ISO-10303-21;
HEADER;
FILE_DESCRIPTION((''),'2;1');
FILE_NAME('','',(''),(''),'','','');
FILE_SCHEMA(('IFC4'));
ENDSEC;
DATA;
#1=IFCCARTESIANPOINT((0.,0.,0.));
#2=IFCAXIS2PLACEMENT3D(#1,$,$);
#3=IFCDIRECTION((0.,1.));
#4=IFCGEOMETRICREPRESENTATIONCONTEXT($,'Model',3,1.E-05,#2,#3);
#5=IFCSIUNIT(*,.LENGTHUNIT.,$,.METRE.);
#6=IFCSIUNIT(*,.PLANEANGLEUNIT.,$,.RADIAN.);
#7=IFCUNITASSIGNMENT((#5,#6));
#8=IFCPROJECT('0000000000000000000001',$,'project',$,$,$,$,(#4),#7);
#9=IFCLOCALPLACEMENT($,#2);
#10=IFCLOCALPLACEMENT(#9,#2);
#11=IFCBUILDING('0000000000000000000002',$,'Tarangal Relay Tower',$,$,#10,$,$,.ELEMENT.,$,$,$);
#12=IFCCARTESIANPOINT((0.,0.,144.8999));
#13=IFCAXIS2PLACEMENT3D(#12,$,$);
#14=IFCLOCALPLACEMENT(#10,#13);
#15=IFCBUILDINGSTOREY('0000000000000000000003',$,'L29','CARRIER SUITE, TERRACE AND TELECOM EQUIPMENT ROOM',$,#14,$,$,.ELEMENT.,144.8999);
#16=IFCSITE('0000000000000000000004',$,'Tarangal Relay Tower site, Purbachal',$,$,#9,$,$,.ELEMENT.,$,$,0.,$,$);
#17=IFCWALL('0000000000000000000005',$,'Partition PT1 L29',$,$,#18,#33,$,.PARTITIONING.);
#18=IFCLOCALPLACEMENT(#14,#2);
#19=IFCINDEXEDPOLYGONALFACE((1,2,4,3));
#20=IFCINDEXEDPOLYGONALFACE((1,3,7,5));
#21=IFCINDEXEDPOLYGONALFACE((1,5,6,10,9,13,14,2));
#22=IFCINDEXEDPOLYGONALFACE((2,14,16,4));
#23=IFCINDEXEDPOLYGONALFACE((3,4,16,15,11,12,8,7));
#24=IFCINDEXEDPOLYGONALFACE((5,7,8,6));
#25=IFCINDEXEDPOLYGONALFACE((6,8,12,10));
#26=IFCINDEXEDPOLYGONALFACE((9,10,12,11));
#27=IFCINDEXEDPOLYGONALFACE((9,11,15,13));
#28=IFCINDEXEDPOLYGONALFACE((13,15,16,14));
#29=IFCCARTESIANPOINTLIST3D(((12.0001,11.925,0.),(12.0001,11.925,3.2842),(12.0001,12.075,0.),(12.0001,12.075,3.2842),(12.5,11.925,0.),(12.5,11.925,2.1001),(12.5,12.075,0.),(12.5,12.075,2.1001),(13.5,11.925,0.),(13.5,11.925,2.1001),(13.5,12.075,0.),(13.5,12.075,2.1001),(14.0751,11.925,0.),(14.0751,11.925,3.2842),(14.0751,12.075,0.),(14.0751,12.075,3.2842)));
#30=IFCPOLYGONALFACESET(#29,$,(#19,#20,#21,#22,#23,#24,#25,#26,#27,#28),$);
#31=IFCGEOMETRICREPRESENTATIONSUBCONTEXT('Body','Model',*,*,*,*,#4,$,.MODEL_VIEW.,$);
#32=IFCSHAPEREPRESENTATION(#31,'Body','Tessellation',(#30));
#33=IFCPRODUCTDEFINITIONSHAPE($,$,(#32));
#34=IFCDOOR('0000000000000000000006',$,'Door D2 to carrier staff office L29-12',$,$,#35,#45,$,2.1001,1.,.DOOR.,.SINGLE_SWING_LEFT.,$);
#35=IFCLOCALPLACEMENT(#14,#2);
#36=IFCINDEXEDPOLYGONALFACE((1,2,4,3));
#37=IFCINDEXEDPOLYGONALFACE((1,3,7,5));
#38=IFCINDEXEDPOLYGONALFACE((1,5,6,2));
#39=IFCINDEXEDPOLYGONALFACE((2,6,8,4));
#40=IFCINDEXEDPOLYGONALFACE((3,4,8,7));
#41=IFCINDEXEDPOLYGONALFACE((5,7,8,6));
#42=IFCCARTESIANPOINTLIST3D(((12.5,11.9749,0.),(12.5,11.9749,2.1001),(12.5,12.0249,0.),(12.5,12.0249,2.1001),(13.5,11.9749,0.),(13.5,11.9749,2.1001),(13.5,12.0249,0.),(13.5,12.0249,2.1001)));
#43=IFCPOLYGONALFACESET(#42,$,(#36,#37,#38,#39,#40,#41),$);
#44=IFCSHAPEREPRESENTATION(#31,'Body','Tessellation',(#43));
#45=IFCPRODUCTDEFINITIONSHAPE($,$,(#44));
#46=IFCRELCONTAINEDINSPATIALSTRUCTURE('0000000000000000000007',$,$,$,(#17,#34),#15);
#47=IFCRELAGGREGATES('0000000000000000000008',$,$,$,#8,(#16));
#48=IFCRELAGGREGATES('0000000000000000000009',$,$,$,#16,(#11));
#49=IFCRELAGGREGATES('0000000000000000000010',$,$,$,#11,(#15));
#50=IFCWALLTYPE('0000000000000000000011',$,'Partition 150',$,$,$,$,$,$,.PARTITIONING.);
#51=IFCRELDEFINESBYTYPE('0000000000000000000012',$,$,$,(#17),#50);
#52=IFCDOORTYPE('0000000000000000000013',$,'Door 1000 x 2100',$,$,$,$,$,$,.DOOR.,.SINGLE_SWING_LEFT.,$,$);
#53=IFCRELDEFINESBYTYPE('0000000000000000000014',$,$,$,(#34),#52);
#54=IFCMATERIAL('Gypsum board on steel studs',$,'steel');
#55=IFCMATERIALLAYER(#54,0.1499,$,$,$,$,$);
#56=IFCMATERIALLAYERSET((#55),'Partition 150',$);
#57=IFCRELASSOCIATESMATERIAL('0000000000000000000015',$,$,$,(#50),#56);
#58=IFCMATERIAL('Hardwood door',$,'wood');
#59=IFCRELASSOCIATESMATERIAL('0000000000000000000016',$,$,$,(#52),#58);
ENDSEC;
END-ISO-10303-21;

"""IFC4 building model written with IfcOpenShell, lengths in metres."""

from ifc_helpers import new_model, si_unit, direction, frame, frame_2d, origin, place, context, subcontext, project, spatial, rectangle, extrude, material, layer, layer_set, type_object, element, fill, save


model = new_model("IFC4")

# Units and contexts
model_context = context("Model", 3, precision=1e-05, world=origin(), true_north=direction((0.0, 1.0)))
body_context = subcontext(model_context, "Body", "Model", "MODEL_VIEW")
ifc_project = project(units=[si_unit("LENGTHUNIT", "METRE"), si_unit("PLANEANGLEUNIT", "RADIAN")], contexts=[model_context])

# Site, building, storey
site_placement = place(None, origin())
site = spatial("IfcSite", under=ifc_project, at=site_placement, Name="Tarangal Relay Tower site, Purbachal", CompositionType="ELEMENT", RefElevation=0.0)
building_placement = place(site_placement, origin())
building = spatial("IfcBuilding", under=site, at=building_placement, Name="Tarangal Relay Tower", CompositionType="ELEMENT")
storey_placement = place(building_placement, frame((0.0, 0.0, 144.8999)))
storey = spatial("IfcBuildingStorey", under=building, at=storey_placement, Name="L29", Description="CARRIER SUITE, TERRACE AND TELECOM EQUIPMENT ROOM", CompositionType="ELEMENT", Elevation=144.8999)

# Wall, opening, door
ifc_material_1 = material(Name="Gypsum board on steel studs", Category="steel")
ifc_layer_1 = layer(ifc_material_1, 0.1499)
ifc_layer_set_1 = layer_set([ifc_layer_1], Name="Partition 150")
wall_type_1 = type_object("IfcWallType", Name="Partition 150", PredefinedType="PARTITIONING", material=ifc_layer_set_1)
wall_1_placement = place(storey_placement, frame((12.0, 12.0, 0.0), z_axis=(0.0, 0.0, 1.0), x_axis=(1.0, 0.0, 0.0)))
wall_1 = element("IfcWall", 1, at=wall_1_placement, inside=storey, type_object=wall_type_1, Name="Partition PT1 L29", PredefinedType="PARTITIONING", context=body_context, shape_type="SweptSolid", body=[
    extrude(rectangle(XDim=2.075, YDim=0.1499, at=frame_2d((1.0376, 0.0))), origin(), (0.0, 0.0, 1.0), 3.2842),
])
opening_1_placement = place(wall_1_placement, frame((0.5, 0.0, 0.0)))
opening_1 = element("IfcOpeningElement", 2, at=opening_1_placement, cuts=wall_1, PredefinedType="OPENING", context=body_context, shape_type="SweptSolid", body=[
    extrude(rectangle(XDim=1.0, YDim=2.1001, at=frame_2d((0.5, 1.05))), frame((0.0, 0.085, 0.0), z_axis=(0.0, -1.0, 0.0), x_axis=(1.0, 0.0, 0.0)), (0.0, 0.0, 1.0), 0.1699),
])
ifc_material_2 = material(Name="Hardwood door", Category="wood")
door_type_1 = type_object("IfcDoorType", Name="Door 1000 x 2100", OperationType="SINGLE_SWING_LEFT", PredefinedType="DOOR", material=ifc_material_2)
door_1_placement = place(opening_1_placement, origin())
door_1 = element("IfcDoor", 3, at=door_1_placement, inside=storey, type_object=door_type_1, Name="Door D2 to carrier staff office L29-12", OperationType="SINGLE_SWING_LEFT", OverallHeight=2.1001, OverallWidth=1.0, PredefinedType="DOOR", context=body_context, shape_type="SweptSolid", body=[
    extrude(rectangle(XDim=1.0, YDim=2.1001, at=frame_2d((0.5, 1.05))), frame((0.0, 0.0249, 0.0), z_axis=(0.0, -1.0, 0.0), x_axis=(1.0, 0.0, 0.0)), (0.0, 0.0, 1.0), 0.05),
])
fill(opening_1, door_1)

save(model, "model.ifc")
